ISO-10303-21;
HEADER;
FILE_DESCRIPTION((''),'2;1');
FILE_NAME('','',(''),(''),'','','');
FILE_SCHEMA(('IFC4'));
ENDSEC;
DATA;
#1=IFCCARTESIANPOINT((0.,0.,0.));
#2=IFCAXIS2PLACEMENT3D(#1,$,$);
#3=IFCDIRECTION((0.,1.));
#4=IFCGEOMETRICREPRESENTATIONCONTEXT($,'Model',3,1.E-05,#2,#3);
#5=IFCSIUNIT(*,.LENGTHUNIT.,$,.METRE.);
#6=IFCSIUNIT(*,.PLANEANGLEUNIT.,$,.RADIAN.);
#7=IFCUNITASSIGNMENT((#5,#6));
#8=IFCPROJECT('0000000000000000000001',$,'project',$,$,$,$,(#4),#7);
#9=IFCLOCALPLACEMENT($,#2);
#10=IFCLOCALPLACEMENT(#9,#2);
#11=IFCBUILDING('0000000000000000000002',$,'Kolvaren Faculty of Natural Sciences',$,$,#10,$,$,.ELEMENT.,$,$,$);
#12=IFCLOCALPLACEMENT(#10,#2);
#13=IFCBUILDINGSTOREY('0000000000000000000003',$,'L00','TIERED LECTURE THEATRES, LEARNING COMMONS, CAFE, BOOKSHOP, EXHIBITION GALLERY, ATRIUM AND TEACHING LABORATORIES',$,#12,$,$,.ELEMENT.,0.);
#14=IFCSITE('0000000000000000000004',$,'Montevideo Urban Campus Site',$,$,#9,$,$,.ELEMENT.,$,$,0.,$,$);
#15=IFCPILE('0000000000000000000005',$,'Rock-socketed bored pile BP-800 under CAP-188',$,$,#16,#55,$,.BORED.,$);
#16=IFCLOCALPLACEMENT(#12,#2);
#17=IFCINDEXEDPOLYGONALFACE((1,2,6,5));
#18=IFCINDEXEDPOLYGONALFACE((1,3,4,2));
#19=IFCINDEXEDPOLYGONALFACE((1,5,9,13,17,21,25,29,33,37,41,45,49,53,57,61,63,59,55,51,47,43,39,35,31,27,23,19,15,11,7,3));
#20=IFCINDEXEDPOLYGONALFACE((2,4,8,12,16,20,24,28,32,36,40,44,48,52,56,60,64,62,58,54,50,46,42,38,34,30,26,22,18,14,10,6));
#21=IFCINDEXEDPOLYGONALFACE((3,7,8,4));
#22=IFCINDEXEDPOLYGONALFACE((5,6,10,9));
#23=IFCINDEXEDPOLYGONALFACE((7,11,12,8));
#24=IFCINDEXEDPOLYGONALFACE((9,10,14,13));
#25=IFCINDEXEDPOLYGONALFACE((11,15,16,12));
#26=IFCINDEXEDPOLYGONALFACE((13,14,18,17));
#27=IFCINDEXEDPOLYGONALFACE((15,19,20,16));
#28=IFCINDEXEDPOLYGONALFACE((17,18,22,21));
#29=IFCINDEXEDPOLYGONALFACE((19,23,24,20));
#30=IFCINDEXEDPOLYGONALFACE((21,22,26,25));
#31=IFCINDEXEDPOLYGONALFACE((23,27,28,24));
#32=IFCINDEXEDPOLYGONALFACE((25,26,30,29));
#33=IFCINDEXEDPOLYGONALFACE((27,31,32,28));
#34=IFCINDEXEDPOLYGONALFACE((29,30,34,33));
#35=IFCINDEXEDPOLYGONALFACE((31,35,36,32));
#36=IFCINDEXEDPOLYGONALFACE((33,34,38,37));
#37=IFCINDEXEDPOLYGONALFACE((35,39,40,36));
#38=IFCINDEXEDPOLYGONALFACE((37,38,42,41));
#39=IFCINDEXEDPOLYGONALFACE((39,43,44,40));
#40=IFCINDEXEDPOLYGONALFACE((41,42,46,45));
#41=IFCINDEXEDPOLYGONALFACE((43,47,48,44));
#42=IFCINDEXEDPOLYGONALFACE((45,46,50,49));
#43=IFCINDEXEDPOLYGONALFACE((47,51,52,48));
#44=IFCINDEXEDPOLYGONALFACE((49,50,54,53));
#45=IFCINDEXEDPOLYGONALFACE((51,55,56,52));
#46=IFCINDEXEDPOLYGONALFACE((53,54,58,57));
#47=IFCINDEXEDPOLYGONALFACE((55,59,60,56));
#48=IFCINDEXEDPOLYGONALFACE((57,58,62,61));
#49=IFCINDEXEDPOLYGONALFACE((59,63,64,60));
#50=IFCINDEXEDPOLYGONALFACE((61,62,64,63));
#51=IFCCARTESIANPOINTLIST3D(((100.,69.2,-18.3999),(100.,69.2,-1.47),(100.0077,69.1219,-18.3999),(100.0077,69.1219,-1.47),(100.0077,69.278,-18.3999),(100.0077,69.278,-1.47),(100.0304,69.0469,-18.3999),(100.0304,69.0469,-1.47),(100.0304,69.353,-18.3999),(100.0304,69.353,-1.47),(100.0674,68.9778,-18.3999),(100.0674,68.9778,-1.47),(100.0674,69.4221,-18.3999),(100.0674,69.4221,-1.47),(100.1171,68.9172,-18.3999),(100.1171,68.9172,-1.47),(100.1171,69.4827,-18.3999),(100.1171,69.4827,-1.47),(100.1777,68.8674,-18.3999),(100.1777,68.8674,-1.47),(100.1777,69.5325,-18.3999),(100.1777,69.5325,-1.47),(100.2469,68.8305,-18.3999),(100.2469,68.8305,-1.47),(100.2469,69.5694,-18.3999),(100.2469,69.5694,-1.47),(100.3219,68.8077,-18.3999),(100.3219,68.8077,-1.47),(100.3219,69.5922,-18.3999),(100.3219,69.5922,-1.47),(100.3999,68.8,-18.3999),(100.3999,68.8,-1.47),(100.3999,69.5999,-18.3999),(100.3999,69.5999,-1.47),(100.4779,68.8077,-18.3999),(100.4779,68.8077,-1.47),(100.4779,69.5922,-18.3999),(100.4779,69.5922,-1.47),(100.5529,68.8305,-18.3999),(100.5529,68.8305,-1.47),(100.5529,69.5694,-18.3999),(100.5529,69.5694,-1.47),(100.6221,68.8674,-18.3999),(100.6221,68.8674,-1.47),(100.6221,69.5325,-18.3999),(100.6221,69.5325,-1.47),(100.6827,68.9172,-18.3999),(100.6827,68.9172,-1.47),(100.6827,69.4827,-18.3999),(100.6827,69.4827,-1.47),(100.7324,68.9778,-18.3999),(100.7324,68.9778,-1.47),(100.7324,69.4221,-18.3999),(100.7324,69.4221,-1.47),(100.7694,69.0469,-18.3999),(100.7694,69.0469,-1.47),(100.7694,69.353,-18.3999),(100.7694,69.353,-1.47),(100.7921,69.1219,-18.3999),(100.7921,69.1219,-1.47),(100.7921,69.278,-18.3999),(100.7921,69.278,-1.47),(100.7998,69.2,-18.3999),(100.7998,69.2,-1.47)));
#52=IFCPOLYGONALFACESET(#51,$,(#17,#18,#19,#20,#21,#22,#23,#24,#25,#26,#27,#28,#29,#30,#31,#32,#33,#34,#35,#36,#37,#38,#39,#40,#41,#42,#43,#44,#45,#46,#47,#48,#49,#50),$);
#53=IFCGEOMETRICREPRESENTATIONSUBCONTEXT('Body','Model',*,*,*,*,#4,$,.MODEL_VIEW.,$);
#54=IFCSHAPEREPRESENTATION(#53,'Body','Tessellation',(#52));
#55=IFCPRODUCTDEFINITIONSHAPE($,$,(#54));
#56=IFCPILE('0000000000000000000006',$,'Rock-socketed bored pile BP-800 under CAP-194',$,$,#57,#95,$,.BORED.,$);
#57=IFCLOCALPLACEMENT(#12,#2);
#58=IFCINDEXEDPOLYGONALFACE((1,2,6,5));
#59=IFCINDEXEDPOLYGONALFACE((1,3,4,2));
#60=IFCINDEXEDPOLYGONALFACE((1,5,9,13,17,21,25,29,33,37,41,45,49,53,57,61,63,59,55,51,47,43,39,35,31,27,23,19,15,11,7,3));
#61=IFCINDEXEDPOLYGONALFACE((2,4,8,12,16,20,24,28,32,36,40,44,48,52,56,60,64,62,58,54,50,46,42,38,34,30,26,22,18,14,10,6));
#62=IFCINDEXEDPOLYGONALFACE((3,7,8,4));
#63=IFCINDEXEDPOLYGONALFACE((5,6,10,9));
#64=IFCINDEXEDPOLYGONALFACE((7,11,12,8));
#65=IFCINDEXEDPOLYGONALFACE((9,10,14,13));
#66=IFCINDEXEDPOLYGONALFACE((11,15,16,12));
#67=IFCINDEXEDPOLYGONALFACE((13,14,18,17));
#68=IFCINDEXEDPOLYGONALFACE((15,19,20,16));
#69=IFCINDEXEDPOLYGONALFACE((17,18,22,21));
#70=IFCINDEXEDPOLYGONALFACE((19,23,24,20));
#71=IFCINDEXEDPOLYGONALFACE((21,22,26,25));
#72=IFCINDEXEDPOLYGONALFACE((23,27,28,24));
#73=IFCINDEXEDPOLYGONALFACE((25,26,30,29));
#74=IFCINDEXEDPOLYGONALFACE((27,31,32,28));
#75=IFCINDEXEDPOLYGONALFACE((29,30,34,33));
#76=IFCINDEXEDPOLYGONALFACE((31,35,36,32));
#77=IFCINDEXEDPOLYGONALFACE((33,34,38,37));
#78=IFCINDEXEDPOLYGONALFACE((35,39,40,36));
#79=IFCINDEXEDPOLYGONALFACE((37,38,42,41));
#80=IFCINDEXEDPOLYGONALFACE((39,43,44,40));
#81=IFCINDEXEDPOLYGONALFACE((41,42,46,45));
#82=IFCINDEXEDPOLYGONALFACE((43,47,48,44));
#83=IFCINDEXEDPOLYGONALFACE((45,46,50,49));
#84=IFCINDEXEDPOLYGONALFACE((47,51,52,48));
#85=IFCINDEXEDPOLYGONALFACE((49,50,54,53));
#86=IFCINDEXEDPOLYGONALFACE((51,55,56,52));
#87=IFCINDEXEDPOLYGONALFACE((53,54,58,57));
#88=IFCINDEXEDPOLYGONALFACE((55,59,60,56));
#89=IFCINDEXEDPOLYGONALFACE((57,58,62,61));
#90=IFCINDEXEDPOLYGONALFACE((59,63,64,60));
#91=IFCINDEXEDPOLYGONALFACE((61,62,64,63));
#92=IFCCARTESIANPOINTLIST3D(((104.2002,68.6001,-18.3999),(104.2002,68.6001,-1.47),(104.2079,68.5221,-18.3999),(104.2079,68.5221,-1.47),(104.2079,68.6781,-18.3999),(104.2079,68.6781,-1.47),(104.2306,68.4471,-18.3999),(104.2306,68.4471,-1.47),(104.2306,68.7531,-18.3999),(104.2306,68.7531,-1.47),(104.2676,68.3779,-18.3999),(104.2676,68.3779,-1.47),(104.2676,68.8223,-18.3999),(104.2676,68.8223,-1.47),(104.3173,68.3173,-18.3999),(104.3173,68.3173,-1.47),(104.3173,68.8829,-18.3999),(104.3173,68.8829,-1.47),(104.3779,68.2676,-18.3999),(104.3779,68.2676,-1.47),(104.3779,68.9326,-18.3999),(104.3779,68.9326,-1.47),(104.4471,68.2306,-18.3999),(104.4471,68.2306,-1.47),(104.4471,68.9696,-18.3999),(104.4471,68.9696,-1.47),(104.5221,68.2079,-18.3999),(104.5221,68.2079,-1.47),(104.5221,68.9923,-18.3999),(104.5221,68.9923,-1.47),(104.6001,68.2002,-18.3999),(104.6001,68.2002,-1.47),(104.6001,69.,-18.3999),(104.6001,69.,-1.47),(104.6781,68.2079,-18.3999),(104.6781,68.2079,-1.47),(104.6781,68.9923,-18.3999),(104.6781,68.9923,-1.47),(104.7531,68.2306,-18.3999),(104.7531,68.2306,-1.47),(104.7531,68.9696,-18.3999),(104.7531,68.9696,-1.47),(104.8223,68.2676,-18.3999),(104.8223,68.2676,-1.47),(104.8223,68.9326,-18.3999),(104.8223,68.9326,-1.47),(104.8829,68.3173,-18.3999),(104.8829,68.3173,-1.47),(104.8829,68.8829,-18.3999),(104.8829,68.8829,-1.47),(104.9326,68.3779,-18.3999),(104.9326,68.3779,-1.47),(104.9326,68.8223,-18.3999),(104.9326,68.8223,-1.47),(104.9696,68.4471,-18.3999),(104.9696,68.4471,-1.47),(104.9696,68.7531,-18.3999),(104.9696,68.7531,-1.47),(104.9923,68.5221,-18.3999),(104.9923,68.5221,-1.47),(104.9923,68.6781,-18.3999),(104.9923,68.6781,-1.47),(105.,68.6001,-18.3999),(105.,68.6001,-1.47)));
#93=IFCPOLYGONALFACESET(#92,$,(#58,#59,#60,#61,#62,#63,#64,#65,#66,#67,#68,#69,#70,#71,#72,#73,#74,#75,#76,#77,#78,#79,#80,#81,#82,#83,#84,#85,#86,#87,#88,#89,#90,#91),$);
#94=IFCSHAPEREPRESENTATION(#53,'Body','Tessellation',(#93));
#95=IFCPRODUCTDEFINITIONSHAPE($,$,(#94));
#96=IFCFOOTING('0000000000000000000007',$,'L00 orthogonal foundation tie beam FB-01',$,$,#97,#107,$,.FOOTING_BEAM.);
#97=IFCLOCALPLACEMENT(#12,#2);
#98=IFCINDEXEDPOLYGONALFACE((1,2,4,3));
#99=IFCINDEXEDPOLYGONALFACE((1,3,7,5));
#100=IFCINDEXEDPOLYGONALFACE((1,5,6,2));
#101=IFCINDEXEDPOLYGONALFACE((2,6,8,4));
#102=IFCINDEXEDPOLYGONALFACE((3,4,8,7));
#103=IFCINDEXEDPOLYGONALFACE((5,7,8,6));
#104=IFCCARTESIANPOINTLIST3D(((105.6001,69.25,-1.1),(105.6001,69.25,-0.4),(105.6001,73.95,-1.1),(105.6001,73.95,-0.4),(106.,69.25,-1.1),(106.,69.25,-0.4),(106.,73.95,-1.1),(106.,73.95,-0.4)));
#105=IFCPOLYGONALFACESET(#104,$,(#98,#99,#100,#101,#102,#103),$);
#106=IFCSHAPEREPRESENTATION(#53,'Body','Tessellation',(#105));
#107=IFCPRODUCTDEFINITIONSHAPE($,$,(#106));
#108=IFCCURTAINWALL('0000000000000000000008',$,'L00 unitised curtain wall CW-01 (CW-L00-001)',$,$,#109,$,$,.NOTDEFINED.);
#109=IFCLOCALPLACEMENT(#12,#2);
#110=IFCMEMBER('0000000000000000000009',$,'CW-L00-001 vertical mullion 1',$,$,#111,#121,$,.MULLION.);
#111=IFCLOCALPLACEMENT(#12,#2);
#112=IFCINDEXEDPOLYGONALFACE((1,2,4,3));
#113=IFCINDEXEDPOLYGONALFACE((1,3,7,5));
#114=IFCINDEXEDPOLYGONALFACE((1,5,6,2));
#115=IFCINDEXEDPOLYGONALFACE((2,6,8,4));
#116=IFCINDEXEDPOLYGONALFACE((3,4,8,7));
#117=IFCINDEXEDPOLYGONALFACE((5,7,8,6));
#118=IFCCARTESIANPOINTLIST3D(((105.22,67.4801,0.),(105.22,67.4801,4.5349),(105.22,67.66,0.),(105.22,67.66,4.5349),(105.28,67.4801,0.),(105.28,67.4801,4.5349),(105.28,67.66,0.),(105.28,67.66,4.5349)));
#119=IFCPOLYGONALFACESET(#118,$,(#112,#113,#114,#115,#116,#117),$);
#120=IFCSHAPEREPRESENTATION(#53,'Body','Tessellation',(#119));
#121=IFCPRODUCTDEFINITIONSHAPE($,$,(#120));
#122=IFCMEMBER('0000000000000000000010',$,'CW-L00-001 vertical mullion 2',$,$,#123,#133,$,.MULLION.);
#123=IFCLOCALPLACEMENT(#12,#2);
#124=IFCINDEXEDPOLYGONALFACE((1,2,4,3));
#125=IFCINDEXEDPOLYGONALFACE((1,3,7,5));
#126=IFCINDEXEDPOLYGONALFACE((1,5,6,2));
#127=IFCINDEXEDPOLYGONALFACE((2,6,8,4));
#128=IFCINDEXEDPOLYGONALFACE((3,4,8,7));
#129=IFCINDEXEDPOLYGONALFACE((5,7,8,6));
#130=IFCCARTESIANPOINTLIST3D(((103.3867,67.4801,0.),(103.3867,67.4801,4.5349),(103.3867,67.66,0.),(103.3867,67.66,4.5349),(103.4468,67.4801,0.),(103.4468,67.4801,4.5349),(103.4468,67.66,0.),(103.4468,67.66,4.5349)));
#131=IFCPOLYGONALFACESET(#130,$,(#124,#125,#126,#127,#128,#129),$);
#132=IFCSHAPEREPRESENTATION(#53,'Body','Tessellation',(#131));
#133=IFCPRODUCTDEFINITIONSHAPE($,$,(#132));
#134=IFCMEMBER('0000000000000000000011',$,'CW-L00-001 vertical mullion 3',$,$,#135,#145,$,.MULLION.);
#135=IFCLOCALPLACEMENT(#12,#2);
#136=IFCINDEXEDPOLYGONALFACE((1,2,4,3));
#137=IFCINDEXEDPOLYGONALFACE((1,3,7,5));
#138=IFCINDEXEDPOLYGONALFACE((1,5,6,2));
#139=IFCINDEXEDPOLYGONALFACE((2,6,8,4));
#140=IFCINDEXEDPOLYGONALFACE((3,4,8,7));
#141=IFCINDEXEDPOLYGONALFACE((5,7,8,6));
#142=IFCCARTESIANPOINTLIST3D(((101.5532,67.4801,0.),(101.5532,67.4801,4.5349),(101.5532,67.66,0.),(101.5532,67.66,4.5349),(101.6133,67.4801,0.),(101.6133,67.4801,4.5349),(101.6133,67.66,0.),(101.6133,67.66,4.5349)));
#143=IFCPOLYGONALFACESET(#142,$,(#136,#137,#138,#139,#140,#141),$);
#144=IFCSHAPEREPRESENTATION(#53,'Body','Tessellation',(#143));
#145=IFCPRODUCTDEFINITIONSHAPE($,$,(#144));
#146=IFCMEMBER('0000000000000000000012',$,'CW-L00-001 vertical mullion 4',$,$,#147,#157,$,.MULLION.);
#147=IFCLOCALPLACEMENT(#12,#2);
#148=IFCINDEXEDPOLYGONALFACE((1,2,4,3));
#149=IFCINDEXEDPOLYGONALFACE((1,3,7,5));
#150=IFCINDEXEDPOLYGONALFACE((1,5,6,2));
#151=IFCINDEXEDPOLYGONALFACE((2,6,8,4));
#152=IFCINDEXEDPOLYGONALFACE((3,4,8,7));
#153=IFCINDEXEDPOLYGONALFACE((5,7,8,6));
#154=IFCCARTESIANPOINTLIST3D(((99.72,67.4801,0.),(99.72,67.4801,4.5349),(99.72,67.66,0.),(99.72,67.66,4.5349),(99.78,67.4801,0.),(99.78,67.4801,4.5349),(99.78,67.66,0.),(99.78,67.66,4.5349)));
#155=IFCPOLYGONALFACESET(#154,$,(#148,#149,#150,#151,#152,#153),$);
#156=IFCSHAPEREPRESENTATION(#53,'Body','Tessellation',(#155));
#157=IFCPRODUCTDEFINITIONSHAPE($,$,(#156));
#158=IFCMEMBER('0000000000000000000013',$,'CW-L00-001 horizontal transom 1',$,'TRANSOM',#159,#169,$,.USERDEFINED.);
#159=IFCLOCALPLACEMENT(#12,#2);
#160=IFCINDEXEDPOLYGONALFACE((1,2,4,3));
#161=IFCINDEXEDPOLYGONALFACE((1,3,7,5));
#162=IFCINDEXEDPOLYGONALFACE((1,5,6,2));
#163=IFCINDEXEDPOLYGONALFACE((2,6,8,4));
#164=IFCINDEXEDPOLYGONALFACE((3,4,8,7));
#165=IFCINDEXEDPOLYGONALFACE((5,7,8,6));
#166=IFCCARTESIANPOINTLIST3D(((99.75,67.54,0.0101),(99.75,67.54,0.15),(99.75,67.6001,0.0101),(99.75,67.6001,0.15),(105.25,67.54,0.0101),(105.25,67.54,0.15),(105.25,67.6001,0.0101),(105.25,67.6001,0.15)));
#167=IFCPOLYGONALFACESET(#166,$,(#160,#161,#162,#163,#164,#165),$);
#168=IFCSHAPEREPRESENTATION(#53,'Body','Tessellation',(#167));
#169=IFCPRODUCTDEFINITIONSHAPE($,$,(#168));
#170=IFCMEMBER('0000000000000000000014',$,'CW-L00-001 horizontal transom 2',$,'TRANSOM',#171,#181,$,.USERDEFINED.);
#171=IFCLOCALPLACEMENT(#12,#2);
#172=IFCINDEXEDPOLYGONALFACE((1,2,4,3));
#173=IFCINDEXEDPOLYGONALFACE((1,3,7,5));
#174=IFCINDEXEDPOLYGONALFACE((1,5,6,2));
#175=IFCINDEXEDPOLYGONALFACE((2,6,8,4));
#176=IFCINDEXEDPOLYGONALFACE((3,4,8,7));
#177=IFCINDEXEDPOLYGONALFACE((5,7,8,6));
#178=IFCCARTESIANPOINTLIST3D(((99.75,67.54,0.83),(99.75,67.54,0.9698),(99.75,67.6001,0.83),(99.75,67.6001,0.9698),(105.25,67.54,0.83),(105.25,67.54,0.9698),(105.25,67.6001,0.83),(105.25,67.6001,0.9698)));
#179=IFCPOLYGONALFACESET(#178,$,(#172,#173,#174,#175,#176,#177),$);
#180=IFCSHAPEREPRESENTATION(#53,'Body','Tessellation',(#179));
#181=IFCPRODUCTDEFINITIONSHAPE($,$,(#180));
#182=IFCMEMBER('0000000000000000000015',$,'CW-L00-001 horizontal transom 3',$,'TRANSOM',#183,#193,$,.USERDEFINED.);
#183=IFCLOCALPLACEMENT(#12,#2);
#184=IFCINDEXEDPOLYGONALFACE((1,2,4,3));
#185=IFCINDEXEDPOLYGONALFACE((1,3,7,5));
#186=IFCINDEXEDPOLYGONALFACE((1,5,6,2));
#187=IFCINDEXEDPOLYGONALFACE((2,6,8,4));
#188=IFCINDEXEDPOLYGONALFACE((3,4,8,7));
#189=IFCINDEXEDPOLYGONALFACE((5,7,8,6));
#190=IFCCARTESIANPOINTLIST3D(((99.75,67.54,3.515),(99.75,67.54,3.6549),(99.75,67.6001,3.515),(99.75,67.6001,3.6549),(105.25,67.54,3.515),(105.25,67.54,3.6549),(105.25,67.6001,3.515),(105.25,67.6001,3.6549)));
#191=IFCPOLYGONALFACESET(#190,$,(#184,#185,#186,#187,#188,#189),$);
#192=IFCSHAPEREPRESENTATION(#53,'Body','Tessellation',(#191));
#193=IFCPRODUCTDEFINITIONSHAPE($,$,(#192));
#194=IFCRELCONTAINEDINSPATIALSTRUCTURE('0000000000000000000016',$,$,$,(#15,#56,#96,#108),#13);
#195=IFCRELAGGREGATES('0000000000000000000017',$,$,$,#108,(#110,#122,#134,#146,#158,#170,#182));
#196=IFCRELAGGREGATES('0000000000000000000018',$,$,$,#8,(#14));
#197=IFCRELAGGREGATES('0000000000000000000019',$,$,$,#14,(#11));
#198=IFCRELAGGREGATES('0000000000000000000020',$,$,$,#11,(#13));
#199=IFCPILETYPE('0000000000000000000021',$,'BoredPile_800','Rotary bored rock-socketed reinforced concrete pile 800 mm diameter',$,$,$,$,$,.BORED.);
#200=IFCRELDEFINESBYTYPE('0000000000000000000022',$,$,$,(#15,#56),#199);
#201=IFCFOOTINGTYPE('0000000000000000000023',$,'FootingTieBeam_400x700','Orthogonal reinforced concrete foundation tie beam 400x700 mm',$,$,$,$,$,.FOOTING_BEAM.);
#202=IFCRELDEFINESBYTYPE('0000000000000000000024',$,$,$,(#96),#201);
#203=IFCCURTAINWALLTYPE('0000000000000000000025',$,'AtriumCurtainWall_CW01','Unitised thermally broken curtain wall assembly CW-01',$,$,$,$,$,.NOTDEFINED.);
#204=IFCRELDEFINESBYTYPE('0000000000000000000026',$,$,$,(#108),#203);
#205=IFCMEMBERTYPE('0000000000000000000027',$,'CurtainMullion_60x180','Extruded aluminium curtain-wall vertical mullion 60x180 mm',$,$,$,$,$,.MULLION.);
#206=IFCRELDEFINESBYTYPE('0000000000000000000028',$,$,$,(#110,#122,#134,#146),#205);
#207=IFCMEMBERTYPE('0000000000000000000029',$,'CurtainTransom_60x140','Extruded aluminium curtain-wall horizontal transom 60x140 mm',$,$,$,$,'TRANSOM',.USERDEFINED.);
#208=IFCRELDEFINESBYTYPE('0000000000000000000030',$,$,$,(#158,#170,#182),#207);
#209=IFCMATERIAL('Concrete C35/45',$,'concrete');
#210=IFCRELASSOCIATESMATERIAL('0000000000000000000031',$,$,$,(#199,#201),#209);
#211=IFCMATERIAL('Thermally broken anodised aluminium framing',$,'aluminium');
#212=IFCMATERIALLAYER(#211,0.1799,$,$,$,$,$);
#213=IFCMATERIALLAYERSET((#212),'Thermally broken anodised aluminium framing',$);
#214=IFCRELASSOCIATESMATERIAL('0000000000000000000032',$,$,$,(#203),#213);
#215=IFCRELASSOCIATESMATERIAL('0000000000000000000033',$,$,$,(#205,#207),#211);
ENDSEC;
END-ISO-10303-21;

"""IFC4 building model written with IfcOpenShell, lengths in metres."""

from ifc_helpers import new_model, si_unit, direction, frame, origin, origin_2d, place, context, subcontext, project, spatial, rectangle, circle, extrude, material, layer, layer_set, material_profile, profile_set, type_object, element, aggregate, save


model = new_model("IFC4")

# Units and contexts
model_context = context("Model", 3, precision=1e-05, world=origin(), true_north=direction((0.0, 1.0)))
body_context = subcontext(model_context, "Body", "Model", "MODEL_VIEW")
ifc_project = project(units=[si_unit("LENGTHUNIT", "METRE"), si_unit("PLANEANGLEUNIT", "RADIAN")], contexts=[model_context])

# Site, building, storey
site_placement = place(None, origin())
site = spatial("IfcSite", under=ifc_project, at=site_placement, Name="Montevideo Urban Campus Site", CompositionType="ELEMENT", RefElevation=0.0)
building_placement = place(site_placement, origin())
building = spatial("IfcBuilding", under=site, at=building_placement, Name="Kolvaren Faculty of Natural Sciences", CompositionType="ELEMENT")
storey_placement = place(building_placement, origin())
storey = spatial("IfcBuildingStorey", under=building, at=storey_placement, Name="L00", Description="TIERED LECTURE THEATRES, LEARNING COMMONS, CAFE, BOOKSHOP, EXHIBITION GALLERY, ATRIUM AND TEACHING LABORATORIES", CompositionType="ELEMENT", Elevation=0.0)

# Piles
ifc_material_1 = material(Name="Concrete C35/45", Category="concrete")
ifc_material_profile_1 = material_profile(ifc_material_1, circle(Radius=0.3999, at=origin_2d()), Name="PILE D800")
ifc_profile_set_1 = profile_set([ifc_material_profile_1], Name="Concrete C35/45")
pile_type = type_object("IfcPileType", Name="BoredPile_800", Description="Rotary bored rock-socketed reinforced concrete pile 800 mm diameter", PredefinedType="BORED", material=ifc_profile_set_1)
for number, where, z_axis, x_axis, name in (
    (1, (100.3999, 69.2, -1.47), (0.0, 0.0, -1.0), (1.0, 0.0, 0.0), "Rock-socketed bored pile BP-800 under CAP-188"),
    (2, (104.6001, 68.6001, -1.47), (0.0, 0.0, -1.0), (1.0, 0.0, 0.0), "Rock-socketed bored pile BP-800 under CAP-194"),
):
    element("IfcPile", number, at=place(storey_placement, frame(where, z_axis=z_axis, x_axis=x_axis)), inside=storey, type_object=pile_type, Name=name, PredefinedType="BORED", context=body_context, shape_type="SweptSolid", body=[
        extrude(circle(Radius=0.3999, at=origin_2d()), origin(), (0.0, 0.0, 1.0), 16.9299),
    ])

# Footing
ifc_material_profile_2 = material_profile(ifc_material_1, rectangle(XDim=0.3999, YDim=0.7, at=origin_2d()), Name="RC FB 400x700")
ifc_profile_set_2 = profile_set([ifc_material_profile_2], Name="Concrete C35/45")
footing_type = type_object("IfcFootingType", Name="FootingTieBeam_400x700", Description="Orthogonal reinforced concrete foundation tie beam 400x700 mm", PredefinedType="FOOTING_BEAM", material=ifc_profile_set_2)
footing_placement = place(storey_placement, frame((105.8, 69.25, -0.75), z_axis=(0.0, 1.0, 0.0), x_axis=(-1.0, 0.0, 0.0)))
element("IfcFooting", 3, at=footing_placement, inside=storey, type_object=footing_type, Name="L00 orthogonal foundation tie beam FB-01", PredefinedType="FOOTING_BEAM", context=body_context, shape_type="SweptSolid", body=[
    extrude(rectangle(XDim=0.3999, YDim=0.7, at=origin_2d()), origin(), (0.0, 0.0, 1.0), 4.7),
])

# Curtain wall, members
ifc_material_2 = material(Name="Thermally broken anodised aluminium framing", Category="aluminium")
ifc_layer_1 = layer(ifc_material_2, 0.1799)
ifc_layer_set_1 = layer_set([ifc_layer_1], Name="Thermally broken anodised aluminium framing")
curtain_wall_type = type_object("IfcCurtainWallType", Name="AtriumCurtainWall_CW01", Description="Unitised thermally broken curtain wall assembly CW-01", PredefinedType="NOTDEFINED", material=ifc_layer_set_1)
curtain_wall_placement = place(storey_placement, origin())
curtain_wall = element("IfcCurtainWall", 4, at=curtain_wall_placement, inside=storey, type_object=curtain_wall_type, Name="L00 unitised curtain wall CW-01 (CW-L00-001)", PredefinedType="NOTDEFINED")
ifc_material_profile_3 = material_profile(ifc_material_2, rectangle(XDim=0.0601, YDim=0.1799, at=origin_2d()), Name="ALU MUL 60x180")
ifc_profile_set_3 = profile_set([ifc_material_profile_3], Name="Thermally broken anodised aluminium framing")
member_type_1 = type_object("IfcMemberType", Name="CurtainMullion_60x180", Description="Extruded aluminium curtain-wall vertical mullion 60x180 mm", PredefinedType="MULLION", material=ifc_profile_set_3)
member_1_placement = place(storey_placement, frame((105.25, 67.5701, 0.0), z_axis=(0.0, 0.0, 1.0), x_axis=(-1.0, 0.0, 0.0)))
member_1 = element("IfcMember", 5, at=member_1_placement, type_object=member_type_1, Name="CW-L00-001 vertical mullion 1", PredefinedType="MULLION", context=body_context, shape_type="SweptSolid", body=[
    extrude(rectangle(XDim=0.0601, YDim=0.1799, at=origin_2d()), origin(), (0.0, 0.0, 1.0), 4.5349),
])
member_2_placement = place(storey_placement, frame((103.4167, 67.5701, 0.0), z_axis=(0.0, 0.0, 1.0), x_axis=(-1.0, 0.0, 0.0)))
member_2 = element("IfcMember", 6, at=member_2_placement, type_object=member_type_1, Name="CW-L00-001 vertical mullion 2", PredefinedType="MULLION", context=body_context, shape_type="SweptSolid", body=[
    extrude(rectangle(XDim=0.0601, YDim=0.1799, at=origin_2d()), origin(), (0.0, 0.0, 1.0), 4.5349),
])
member_3_placement = place(storey_placement, frame((101.5833, 67.5701, 0.0), z_axis=(0.0, 0.0, 1.0), x_axis=(-1.0, 0.0, 0.0)))
member_3 = element("IfcMember", 7, at=member_3_placement, type_object=member_type_1, Name="CW-L00-001 vertical mullion 3", PredefinedType="MULLION", context=body_context, shape_type="SweptSolid", body=[
    extrude(rectangle(XDim=0.0601, YDim=0.1799, at=origin_2d()), origin(), (0.0, 0.0, 1.0), 4.5349),
])
member_4_placement = place(storey_placement, frame((99.75, 67.5701, 0.0), z_axis=(0.0, 0.0, 1.0), x_axis=(-1.0, 0.0, 0.0)))
member_4 = element("IfcMember", 8, at=member_4_placement, type_object=member_type_1, Name="CW-L00-001 vertical mullion 4", PredefinedType="MULLION", context=body_context, shape_type="SweptSolid", body=[
    extrude(rectangle(XDim=0.0601, YDim=0.1799, at=origin_2d()), origin(), (0.0, 0.0, 1.0), 4.5349),
])
ifc_material_profile_4 = material_profile(ifc_material_2, rectangle(XDim=0.0601, YDim=0.1399, at=origin_2d()), Name="ALU TRN 60x140")
ifc_profile_set_4 = profile_set([ifc_material_profile_4], Name="Thermally broken anodised aluminium framing")
member_type_2 = type_object("IfcMemberType", Name="CurtainTransom_60x140", Description="Extruded aluminium curtain-wall horizontal transom 60x140 mm", ElementType="TRANSOM", PredefinedType="USERDEFINED", material=ifc_profile_set_4)
member_5_placement = place(storey_placement, frame((105.25, 67.5701, 0.0801), z_axis=(-1.0, 0.0, 0.0), x_axis=(0.0, -1.0, 0.0)))
member_5 = element("IfcMember", 9, at=member_5_placement, type_object=member_type_2, Name="CW-L00-001 horizontal transom 1", ObjectType="TRANSOM", PredefinedType="USERDEFINED", context=body_context, shape_type="SweptSolid", body=[
    extrude(rectangle(XDim=0.0601, YDim=0.1399, at=origin_2d()), origin(), (0.0, 0.0, 1.0), 5.5),
])
member_6_placement = place(storey_placement, frame((105.25, 67.5701, 0.8999), z_axis=(-1.0, 0.0, 0.0), x_axis=(0.0, -1.0, 0.0)))
member_6 = element("IfcMember", 10, at=member_6_placement, type_object=member_type_2, Name="CW-L00-001 horizontal transom 2", ObjectType="TRANSOM", PredefinedType="USERDEFINED", context=body_context, shape_type="SweptSolid", body=[
    extrude(rectangle(XDim=0.0601, YDim=0.1399, at=origin_2d()), origin(), (0.0, 0.0, 1.0), 5.5),
])
member_7_placement = place(storey_placement, frame((105.25, 67.5701, 3.585), z_axis=(-1.0, 0.0, 0.0), x_axis=(0.0, -1.0, 0.0)))
member_7 = element("IfcMember", 11, at=member_7_placement, type_object=member_type_2, Name="CW-L00-001 horizontal transom 3", ObjectType="TRANSOM", PredefinedType="USERDEFINED", context=body_context, shape_type="SweptSolid", body=[
    extrude(rectangle(XDim=0.0601, YDim=0.1399, at=origin_2d()), origin(), (0.0, 0.0, 1.0), 5.5),
])

aggregate(curtain_wall, [member_1, member_2, member_3, member_4, member_5, member_6, member_7])

save(model, "model.ifc")
